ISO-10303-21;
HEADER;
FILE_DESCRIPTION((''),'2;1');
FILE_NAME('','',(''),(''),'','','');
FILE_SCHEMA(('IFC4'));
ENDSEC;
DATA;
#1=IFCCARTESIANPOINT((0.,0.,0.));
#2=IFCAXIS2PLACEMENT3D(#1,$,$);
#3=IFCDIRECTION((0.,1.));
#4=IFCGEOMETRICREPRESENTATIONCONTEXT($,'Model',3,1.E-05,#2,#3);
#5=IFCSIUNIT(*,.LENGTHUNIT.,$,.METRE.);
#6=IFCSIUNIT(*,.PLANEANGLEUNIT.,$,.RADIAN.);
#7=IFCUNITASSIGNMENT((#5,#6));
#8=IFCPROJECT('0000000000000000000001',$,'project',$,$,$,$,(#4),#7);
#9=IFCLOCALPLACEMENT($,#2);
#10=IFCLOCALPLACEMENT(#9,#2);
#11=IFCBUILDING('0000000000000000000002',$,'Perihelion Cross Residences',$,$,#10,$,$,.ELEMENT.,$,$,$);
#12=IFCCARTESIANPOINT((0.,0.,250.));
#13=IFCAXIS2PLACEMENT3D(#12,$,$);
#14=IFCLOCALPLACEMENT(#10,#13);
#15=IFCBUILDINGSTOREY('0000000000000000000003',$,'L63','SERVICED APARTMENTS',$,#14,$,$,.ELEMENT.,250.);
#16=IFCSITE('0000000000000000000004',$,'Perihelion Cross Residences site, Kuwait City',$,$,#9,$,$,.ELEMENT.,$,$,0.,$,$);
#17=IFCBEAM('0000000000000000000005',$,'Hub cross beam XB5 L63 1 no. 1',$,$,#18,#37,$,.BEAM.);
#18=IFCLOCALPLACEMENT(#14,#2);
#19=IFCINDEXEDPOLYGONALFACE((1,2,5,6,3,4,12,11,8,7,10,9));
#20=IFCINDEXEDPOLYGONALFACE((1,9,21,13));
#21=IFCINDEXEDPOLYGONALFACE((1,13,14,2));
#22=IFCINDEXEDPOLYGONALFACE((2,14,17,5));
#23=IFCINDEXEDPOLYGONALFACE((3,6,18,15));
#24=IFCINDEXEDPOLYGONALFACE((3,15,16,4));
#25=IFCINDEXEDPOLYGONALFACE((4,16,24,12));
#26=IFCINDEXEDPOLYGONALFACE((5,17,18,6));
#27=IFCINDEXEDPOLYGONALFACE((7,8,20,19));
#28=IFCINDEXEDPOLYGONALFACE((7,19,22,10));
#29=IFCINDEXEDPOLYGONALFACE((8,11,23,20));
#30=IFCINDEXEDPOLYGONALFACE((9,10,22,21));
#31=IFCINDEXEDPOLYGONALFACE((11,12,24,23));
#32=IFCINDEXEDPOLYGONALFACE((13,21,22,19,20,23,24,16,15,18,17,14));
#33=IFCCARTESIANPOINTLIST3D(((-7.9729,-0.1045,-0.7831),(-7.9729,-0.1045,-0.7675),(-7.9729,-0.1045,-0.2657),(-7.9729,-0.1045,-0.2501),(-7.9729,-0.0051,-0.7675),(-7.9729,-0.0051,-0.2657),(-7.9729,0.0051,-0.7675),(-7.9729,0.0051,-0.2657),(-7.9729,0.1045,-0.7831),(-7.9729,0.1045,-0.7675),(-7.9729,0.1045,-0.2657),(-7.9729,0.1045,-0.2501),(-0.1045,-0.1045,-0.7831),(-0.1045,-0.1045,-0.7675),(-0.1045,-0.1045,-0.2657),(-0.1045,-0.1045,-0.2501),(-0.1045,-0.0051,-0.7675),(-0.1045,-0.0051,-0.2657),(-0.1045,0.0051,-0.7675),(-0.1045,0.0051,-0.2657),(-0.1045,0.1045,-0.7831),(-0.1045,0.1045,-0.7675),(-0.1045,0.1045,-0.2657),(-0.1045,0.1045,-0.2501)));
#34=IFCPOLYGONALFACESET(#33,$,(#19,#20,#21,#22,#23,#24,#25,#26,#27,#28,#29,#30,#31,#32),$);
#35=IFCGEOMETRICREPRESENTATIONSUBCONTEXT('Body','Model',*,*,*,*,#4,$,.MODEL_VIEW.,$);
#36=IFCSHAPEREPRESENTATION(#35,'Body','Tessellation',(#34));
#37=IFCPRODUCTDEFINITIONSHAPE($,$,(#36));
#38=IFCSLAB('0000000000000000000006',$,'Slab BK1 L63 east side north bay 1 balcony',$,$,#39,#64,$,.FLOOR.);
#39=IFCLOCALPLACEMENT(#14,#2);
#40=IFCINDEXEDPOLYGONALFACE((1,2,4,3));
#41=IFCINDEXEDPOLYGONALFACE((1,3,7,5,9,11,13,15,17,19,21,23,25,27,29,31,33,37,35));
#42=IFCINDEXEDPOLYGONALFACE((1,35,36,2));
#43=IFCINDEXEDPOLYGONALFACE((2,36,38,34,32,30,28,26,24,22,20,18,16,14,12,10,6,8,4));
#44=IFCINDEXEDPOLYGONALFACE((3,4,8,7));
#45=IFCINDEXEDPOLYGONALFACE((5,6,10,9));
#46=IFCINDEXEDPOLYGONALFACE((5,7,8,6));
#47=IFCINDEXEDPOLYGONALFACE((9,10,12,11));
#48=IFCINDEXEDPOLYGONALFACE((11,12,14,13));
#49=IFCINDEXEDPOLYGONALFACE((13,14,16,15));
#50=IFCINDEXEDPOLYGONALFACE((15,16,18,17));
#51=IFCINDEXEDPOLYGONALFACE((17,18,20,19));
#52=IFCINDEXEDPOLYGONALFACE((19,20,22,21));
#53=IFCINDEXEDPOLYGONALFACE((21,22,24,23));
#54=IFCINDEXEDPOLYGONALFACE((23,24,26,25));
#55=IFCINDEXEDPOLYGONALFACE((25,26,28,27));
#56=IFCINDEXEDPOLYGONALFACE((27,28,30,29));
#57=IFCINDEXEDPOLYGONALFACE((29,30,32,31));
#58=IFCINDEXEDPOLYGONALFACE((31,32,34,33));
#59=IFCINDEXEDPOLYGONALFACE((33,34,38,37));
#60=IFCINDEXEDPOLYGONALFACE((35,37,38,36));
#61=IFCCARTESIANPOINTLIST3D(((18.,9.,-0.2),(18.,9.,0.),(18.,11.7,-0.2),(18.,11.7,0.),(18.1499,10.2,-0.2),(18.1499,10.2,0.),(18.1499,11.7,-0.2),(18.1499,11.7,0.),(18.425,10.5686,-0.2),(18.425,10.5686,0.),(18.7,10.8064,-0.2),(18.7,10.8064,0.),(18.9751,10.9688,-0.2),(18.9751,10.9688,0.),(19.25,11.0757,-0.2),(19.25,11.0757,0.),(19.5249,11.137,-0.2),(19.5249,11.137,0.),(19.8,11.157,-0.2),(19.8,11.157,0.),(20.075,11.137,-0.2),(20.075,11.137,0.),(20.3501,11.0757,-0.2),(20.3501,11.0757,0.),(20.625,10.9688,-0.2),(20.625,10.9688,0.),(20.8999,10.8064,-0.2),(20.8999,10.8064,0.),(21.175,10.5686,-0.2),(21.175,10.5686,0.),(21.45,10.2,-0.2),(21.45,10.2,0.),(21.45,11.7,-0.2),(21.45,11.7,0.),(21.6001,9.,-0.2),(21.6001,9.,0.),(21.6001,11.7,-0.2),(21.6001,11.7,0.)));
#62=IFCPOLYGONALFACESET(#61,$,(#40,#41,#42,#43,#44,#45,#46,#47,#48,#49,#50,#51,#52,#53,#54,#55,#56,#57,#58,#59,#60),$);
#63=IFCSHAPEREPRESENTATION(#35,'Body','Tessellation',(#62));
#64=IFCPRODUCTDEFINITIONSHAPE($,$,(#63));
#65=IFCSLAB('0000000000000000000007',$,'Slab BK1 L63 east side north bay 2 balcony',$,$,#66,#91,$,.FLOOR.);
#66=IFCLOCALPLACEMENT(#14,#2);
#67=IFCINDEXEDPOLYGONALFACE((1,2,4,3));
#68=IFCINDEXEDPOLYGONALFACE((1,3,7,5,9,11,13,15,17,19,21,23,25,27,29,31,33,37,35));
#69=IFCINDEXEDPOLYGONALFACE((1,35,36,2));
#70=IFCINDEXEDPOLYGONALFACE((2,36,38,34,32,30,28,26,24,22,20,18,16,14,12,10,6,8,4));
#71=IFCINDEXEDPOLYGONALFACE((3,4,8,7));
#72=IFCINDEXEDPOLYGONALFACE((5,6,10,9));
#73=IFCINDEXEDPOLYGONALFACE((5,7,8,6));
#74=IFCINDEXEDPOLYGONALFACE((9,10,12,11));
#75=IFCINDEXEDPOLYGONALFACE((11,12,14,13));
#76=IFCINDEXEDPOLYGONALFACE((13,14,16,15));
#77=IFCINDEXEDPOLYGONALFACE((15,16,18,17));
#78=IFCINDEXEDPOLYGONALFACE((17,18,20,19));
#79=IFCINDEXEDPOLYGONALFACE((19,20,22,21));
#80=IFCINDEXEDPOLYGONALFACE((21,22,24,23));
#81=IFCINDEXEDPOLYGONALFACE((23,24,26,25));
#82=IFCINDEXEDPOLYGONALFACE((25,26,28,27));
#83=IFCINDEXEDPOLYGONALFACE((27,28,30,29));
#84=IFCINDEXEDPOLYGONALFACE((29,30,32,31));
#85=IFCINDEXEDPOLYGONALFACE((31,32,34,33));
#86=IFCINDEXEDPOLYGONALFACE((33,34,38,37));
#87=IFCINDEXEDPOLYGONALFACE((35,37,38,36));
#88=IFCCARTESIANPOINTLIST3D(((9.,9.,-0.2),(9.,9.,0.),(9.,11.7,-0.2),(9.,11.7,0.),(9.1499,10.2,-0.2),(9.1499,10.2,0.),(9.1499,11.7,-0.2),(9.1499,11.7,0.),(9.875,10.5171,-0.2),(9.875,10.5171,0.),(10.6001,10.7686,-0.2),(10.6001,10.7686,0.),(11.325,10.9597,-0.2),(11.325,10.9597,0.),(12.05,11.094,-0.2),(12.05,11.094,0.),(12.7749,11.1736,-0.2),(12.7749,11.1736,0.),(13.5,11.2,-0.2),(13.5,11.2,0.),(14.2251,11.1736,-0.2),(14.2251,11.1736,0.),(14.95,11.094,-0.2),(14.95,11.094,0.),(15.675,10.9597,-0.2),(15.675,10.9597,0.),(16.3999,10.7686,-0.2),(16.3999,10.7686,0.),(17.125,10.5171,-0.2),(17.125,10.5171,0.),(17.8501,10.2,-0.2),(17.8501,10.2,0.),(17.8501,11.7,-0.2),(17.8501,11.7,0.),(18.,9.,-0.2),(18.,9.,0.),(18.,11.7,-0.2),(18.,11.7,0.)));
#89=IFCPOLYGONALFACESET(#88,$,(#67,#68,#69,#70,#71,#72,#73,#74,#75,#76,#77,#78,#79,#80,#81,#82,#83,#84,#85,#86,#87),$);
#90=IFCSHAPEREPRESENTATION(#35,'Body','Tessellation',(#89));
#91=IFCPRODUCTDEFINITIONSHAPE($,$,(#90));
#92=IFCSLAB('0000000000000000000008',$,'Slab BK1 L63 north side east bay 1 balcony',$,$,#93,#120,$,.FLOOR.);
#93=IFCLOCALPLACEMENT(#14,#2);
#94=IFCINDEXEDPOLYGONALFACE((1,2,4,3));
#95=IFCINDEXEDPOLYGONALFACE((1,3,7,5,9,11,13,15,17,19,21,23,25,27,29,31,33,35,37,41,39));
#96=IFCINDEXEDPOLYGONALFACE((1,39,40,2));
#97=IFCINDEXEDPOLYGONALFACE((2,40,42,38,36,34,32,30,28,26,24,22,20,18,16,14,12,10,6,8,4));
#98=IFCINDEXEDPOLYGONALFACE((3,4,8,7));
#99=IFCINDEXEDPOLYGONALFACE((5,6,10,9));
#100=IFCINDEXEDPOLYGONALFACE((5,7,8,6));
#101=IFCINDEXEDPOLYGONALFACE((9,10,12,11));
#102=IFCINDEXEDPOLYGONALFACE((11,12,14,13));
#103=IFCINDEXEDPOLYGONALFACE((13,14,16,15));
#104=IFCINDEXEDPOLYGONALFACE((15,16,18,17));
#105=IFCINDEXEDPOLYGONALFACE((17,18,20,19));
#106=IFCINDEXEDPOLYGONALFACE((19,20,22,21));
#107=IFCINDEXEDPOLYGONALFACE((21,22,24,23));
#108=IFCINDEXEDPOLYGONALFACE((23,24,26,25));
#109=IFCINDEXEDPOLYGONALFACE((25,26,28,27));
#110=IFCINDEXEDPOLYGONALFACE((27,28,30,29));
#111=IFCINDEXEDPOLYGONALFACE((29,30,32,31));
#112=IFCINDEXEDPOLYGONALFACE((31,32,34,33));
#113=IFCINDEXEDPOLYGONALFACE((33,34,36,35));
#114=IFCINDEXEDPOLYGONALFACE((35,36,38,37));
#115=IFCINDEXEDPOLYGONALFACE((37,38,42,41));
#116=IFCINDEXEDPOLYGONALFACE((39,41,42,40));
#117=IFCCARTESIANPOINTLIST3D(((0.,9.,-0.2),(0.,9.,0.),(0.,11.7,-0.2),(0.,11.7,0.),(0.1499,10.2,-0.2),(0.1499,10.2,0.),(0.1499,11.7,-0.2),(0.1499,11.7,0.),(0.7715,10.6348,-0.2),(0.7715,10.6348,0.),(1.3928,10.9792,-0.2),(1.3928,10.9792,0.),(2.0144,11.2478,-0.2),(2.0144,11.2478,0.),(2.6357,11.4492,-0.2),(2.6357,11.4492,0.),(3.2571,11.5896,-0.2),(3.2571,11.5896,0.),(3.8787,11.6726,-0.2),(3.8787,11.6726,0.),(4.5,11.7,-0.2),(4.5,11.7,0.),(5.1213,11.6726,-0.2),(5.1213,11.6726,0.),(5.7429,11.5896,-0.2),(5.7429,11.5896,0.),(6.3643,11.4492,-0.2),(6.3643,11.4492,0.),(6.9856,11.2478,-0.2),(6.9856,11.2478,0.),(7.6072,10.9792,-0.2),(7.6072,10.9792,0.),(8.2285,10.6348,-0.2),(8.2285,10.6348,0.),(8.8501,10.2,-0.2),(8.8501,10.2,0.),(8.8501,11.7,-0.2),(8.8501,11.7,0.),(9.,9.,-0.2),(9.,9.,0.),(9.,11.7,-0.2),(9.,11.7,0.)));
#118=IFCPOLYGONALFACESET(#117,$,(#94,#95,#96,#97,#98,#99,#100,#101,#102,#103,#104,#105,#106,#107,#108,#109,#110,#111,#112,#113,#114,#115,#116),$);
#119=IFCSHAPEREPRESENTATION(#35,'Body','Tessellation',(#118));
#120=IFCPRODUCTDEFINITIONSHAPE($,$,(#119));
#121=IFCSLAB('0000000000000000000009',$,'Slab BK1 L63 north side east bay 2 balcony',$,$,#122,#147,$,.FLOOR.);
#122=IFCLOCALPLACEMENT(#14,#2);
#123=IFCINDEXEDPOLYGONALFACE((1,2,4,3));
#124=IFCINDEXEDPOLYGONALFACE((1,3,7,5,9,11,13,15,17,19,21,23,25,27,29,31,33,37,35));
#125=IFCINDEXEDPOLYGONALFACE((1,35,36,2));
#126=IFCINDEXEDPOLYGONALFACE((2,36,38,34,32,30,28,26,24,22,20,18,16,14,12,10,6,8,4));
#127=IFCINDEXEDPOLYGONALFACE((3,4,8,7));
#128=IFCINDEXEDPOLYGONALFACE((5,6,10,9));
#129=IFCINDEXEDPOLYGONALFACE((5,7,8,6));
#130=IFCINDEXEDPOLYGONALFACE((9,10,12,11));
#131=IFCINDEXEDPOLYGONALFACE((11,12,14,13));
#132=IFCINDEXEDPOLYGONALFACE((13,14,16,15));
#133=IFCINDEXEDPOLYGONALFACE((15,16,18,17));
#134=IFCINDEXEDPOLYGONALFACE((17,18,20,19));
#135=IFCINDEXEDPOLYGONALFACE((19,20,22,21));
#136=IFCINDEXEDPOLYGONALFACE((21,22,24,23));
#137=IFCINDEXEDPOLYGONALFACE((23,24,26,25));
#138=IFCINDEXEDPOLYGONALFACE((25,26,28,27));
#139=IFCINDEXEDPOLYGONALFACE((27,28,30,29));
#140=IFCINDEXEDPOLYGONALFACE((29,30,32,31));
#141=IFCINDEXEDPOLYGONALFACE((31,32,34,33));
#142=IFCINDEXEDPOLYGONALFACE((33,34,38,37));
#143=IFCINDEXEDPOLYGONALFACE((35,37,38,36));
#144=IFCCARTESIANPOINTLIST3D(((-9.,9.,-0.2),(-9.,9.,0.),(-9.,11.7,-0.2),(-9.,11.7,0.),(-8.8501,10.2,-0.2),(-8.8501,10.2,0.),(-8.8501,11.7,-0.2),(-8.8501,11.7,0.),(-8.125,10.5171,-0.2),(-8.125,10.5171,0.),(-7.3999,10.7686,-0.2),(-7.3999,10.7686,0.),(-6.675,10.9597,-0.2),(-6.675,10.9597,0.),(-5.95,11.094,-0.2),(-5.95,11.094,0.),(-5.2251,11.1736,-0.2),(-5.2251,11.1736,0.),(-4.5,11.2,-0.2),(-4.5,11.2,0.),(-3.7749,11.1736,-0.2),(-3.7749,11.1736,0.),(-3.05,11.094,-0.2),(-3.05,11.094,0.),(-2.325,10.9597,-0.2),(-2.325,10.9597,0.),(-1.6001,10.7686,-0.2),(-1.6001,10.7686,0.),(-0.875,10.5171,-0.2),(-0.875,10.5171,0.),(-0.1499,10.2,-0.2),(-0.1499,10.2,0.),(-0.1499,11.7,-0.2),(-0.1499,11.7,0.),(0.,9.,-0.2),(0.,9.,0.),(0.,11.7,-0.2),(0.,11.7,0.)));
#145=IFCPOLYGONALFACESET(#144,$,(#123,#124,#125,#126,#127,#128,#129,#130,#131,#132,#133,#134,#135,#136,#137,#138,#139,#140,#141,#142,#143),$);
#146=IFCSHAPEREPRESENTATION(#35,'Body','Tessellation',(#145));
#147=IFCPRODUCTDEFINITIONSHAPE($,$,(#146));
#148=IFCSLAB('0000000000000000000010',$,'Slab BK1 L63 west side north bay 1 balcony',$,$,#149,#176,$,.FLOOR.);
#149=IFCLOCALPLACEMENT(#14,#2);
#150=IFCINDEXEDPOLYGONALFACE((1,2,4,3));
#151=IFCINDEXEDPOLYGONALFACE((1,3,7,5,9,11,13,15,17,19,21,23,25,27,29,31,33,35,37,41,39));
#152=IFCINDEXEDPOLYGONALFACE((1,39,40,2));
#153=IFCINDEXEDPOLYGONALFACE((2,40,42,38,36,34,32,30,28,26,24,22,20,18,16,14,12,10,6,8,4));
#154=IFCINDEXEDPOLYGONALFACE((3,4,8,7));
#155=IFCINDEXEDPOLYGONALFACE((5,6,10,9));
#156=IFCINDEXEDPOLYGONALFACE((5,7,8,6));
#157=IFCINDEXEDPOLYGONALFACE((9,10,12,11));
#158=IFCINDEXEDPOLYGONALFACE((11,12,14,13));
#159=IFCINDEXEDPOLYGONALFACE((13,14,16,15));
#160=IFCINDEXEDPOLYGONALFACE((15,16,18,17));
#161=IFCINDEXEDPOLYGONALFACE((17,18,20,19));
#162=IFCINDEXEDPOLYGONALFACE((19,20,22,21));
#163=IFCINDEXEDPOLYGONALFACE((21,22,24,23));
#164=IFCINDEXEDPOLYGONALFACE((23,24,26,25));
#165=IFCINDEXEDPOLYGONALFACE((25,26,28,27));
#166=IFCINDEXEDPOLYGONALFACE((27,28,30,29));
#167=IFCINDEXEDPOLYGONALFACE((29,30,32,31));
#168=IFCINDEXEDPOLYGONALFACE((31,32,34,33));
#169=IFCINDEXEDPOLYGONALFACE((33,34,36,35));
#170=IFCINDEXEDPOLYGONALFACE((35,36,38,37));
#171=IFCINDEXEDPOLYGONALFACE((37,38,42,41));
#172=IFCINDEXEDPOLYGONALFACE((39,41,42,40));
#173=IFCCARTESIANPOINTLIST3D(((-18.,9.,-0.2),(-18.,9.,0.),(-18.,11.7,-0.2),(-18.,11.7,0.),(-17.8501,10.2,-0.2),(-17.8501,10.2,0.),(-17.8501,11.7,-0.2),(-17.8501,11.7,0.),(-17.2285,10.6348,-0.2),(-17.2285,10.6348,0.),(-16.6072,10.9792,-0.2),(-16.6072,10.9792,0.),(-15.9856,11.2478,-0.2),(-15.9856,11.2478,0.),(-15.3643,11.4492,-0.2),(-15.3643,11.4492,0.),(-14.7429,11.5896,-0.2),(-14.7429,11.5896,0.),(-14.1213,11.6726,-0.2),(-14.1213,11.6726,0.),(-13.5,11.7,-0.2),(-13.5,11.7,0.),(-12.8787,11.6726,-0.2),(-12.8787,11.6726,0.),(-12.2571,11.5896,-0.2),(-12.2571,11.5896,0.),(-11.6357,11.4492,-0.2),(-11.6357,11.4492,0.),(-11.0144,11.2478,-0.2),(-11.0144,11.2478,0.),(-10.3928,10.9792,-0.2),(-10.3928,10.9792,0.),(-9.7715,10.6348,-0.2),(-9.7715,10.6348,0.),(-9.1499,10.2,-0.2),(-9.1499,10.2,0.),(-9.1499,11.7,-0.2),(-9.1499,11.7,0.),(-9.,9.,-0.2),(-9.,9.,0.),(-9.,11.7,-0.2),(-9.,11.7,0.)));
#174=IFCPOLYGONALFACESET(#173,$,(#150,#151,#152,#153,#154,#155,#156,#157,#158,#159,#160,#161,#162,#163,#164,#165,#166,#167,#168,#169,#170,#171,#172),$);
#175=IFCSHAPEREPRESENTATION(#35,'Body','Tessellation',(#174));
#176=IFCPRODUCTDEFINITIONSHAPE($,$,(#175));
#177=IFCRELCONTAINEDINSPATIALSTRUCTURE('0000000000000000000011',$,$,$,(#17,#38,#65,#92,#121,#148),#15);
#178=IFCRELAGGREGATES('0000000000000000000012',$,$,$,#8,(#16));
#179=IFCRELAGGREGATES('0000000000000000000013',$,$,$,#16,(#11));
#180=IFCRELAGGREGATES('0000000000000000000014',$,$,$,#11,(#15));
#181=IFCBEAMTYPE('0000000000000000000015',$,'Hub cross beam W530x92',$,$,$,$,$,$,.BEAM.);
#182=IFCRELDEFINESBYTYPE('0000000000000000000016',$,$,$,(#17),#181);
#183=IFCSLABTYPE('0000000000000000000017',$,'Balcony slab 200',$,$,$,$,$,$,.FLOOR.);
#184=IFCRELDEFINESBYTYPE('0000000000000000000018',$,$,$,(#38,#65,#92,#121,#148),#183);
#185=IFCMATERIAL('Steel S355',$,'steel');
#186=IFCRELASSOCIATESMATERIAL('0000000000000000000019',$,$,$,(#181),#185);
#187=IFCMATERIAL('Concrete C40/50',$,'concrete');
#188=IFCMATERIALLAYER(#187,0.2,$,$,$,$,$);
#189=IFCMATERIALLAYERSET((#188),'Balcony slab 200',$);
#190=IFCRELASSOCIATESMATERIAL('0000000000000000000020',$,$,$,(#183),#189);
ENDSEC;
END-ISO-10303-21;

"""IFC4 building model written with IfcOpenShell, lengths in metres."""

from ifc_helpers import new_model, si_unit, direction, frame, origin, origin_2d, place, context, subcontext, project, spatial, polyline, i_section, outline, extrude, material, layer, layer_set, material_profile, profile_set, type_object, element, save


model = new_model("IFC4")

# Units and contexts
model_context = context("Model", 3, precision=1e-05, world=origin(), true_north=direction((0.0, 1.0)))
body_context = subcontext(model_context, "Body", "Model", "MODEL_VIEW")
ifc_project = project(units=[si_unit("LENGTHUNIT", "METRE"), si_unit("PLANEANGLEUNIT", "RADIAN")], contexts=[model_context])

# Site, building, storey
site_placement = place(None, origin())
site = spatial("IfcSite", under=ifc_project, at=site_placement, Name="Perihelion Cross Residences site, Kuwait City", CompositionType="ELEMENT", RefElevation=0.0)
building_placement = place(site_placement, origin())
building = spatial("IfcBuilding", under=site, at=building_placement, Name="Perihelion Cross Residences", CompositionType="ELEMENT")
storey_placement = place(building_placement, frame((0.0, 0.0, 250.0)))
storey = spatial("IfcBuildingStorey", under=building, at=storey_placement, Name="L63", Description="SERVICED APARTMENTS", CompositionType="ELEMENT", Elevation=250.0)

# Beam
ifc_material_1 = material(Name="Steel S355", Category="steel")
ifc_material_profile = material_profile(ifc_material_1, i_section(OverallWidth=0.209, OverallDepth=0.533, WebThickness=0.0103, FlangeThickness=0.0156, at=origin_2d()), Name="W530x92")
ifc_profile_set = profile_set([ifc_material_profile], Name="Steel S355")
beam_type = type_object("IfcBeamType", Name="Hub cross beam W530x92", PredefinedType="BEAM", material=ifc_profile_set)
beam_placement = place(storey_placement, frame((-7.9729, 0.0, -0.5166), z_axis=(1.0, 0.0, 0.0), x_axis=(0.0, 1.0, 0.0)))
element("IfcBeam", 1, at=beam_placement, inside=storey, type_object=beam_type, Name="Hub cross beam XB5 L63 1 no. 1", PredefinedType="BEAM", context=body_context, shape_type="SweptSolid", body=[
    extrude(i_section(OverallWidth=0.209, OverallDepth=0.533, WebThickness=0.0103, FlangeThickness=0.0156, at=origin_2d()), origin(), (0.0, 0.0, 1.0), 7.8684),
])

# Slabs
ifc_material_2 = material(Name="Concrete C40/50", Category="concrete")
ifc_layer_1 = layer(ifc_material_2, 0.2)
ifc_layer_set_1 = layer_set([ifc_layer_1], Name="Balcony slab 200")
slab_type_1 = type_object("IfcSlabType", Name="Balcony slab 200", PredefinedType="FLOOR", material=ifc_layer_set_1)
slab_1_placement = place(storey_placement, frame((0.0, 0.0, -0.2)))
element("IfcSlab", 2, at=slab_1_placement, inside=storey, type_object=slab_type_1, Name="Slab BK1 L63 east side north bay 1 balcony", PredefinedType="FLOOR", context=body_context, shape_type="SweptSolid", body=[
    extrude(outline(polyline([(21.6001, 9.0), (18.0, 9.0), (18.0, 11.7), (18.1499, 11.7), (18.1499, 10.2), (18.425, 10.5686), (18.7, 10.8064), (18.9751, 10.9688), (19.25, 11.0757), (19.5249, 11.137), (19.8, 11.157), (20.075, 11.137), (20.3501, 11.0757), (20.625, 10.9688), (20.8999, 10.8064), (21.175, 10.5686), (21.45, 10.2), (21.45, 11.7), (21.6001, 11.7), (21.6001, 9.0)])), origin(), (0.0, 0.0, 1.0), 0.2),
])
slab_2_placement = place(storey_placement, frame((0.0, 0.0, -0.2)))
element("IfcSlab", 3, at=slab_2_placement, inside=storey, type_object=slab_type_1, Name="Slab BK1 L63 east side north bay 2 balcony", PredefinedType="FLOOR", context=body_context, shape_type="SweptSolid", body=[
    extrude(outline(polyline([(18.0, 9.0), (9.0, 9.0), (9.0, 11.7), (9.1499, 11.7), (9.1499, 10.2), (9.875, 10.5171), (10.6001, 10.7686), (11.325, 10.9597), (12.05, 11.094), (12.7749, 11.1736), (13.5, 11.2), (14.2251, 11.1736), (14.95, 11.094), (15.675, 10.9597), (16.3999, 10.7686), (17.125, 10.5171), (17.8501, 10.2), (17.8501, 11.7), (18.0, 11.7), (18.0, 9.0)])), origin(), (0.0, 0.0, 1.0), 0.2),
])
slab_3_placement = place(storey_placement, frame((0.0, 0.0, -0.2)))
element("IfcSlab", 4, at=slab_3_placement, inside=storey, type_object=slab_type_1, Name="Slab BK1 L63 north side east bay 1 balcony", PredefinedType="FLOOR", context=body_context, shape_type="SweptSolid", body=[
    extrude(outline(polyline([(9.0, 9.0), (0.0, 9.0), (0.0, 11.7), (0.1499, 11.7), (0.1499, 10.2), (0.7715, 10.6348), (1.3928, 10.9792), (2.0144, 11.2478), (2.6357, 11.4492), (3.2571, 11.5896), (3.8787, 11.6726), (4.5, 11.7), (5.1213, 11.6726), (5.7429, 11.5896), (6.3643, 11.4492), (6.9856, 11.2478), (7.6072, 10.9792), (8.2285, 10.6348), (8.8501, 10.2), (8.8501, 11.7), (9.0, 11.7), (9.0, 9.0)])), origin(), (0.0, 0.0, 1.0), 0.2),
])
slab_4_placement = place(storey_placement, frame((0.0, 0.0, -0.2)))
element("IfcSlab", 5, at=slab_4_placement, inside=storey, type_object=slab_type_1, Name="Slab BK1 L63 north side east bay 2 balcony", PredefinedType="FLOOR", context=body_context, shape_type="SweptSolid", body=[
    extrude(outline(polyline([(0.0, 9.0), (-9.0, 9.0), (-9.0, 11.7), (-8.8501, 11.7), (-8.8501, 10.2), (-8.125, 10.5171), (-7.3999, 10.7686), (-6.675, 10.9597), (-5.95, 11.094), (-5.2251, 11.1736), (-4.5, 11.2), (-3.7749, 11.1736), (-3.05, 11.094), (-2.325, 10.9597), (-1.6001, 10.7686), (-0.875, 10.5171), (-0.1499, 10.2), (-0.1499, 11.7), (0.0, 11.7), (0.0, 9.0)])), origin(), (0.0, 0.0, 1.0), 0.2),
])
slab_5_placement = place(storey_placement, frame((0.0, 0.0, -0.2)))
element("IfcSlab", 6, at=slab_5_placement, inside=storey, type_object=slab_type_1, Name="Slab BK1 L63 west side north bay 1 balcony", PredefinedType="FLOOR", context=body_context, shape_type="SweptSolid", body=[
    extrude(outline(polyline([(-9.0, 9.0), (-18.0, 9.0), (-18.0, 11.7), (-17.8501, 11.7), (-17.8501, 10.2), (-17.2285, 10.6348), (-16.6072, 10.9792), (-15.9856, 11.2478), (-15.3643, 11.4492), (-14.7429, 11.5896), (-14.1213, 11.6726), (-13.5, 11.7), (-12.8787, 11.6726), (-12.2571, 11.5896), (-11.6357, 11.4492), (-11.0144, 11.2478), (-10.3928, 10.9792), (-9.7715, 10.6348), (-9.1499, 10.2), (-9.1499, 11.7), (-9.0, 11.7), (-9.0, 9.0)])), origin(), (0.0, 0.0, 1.0), 0.2),
])

save(model, "model.ifc")
